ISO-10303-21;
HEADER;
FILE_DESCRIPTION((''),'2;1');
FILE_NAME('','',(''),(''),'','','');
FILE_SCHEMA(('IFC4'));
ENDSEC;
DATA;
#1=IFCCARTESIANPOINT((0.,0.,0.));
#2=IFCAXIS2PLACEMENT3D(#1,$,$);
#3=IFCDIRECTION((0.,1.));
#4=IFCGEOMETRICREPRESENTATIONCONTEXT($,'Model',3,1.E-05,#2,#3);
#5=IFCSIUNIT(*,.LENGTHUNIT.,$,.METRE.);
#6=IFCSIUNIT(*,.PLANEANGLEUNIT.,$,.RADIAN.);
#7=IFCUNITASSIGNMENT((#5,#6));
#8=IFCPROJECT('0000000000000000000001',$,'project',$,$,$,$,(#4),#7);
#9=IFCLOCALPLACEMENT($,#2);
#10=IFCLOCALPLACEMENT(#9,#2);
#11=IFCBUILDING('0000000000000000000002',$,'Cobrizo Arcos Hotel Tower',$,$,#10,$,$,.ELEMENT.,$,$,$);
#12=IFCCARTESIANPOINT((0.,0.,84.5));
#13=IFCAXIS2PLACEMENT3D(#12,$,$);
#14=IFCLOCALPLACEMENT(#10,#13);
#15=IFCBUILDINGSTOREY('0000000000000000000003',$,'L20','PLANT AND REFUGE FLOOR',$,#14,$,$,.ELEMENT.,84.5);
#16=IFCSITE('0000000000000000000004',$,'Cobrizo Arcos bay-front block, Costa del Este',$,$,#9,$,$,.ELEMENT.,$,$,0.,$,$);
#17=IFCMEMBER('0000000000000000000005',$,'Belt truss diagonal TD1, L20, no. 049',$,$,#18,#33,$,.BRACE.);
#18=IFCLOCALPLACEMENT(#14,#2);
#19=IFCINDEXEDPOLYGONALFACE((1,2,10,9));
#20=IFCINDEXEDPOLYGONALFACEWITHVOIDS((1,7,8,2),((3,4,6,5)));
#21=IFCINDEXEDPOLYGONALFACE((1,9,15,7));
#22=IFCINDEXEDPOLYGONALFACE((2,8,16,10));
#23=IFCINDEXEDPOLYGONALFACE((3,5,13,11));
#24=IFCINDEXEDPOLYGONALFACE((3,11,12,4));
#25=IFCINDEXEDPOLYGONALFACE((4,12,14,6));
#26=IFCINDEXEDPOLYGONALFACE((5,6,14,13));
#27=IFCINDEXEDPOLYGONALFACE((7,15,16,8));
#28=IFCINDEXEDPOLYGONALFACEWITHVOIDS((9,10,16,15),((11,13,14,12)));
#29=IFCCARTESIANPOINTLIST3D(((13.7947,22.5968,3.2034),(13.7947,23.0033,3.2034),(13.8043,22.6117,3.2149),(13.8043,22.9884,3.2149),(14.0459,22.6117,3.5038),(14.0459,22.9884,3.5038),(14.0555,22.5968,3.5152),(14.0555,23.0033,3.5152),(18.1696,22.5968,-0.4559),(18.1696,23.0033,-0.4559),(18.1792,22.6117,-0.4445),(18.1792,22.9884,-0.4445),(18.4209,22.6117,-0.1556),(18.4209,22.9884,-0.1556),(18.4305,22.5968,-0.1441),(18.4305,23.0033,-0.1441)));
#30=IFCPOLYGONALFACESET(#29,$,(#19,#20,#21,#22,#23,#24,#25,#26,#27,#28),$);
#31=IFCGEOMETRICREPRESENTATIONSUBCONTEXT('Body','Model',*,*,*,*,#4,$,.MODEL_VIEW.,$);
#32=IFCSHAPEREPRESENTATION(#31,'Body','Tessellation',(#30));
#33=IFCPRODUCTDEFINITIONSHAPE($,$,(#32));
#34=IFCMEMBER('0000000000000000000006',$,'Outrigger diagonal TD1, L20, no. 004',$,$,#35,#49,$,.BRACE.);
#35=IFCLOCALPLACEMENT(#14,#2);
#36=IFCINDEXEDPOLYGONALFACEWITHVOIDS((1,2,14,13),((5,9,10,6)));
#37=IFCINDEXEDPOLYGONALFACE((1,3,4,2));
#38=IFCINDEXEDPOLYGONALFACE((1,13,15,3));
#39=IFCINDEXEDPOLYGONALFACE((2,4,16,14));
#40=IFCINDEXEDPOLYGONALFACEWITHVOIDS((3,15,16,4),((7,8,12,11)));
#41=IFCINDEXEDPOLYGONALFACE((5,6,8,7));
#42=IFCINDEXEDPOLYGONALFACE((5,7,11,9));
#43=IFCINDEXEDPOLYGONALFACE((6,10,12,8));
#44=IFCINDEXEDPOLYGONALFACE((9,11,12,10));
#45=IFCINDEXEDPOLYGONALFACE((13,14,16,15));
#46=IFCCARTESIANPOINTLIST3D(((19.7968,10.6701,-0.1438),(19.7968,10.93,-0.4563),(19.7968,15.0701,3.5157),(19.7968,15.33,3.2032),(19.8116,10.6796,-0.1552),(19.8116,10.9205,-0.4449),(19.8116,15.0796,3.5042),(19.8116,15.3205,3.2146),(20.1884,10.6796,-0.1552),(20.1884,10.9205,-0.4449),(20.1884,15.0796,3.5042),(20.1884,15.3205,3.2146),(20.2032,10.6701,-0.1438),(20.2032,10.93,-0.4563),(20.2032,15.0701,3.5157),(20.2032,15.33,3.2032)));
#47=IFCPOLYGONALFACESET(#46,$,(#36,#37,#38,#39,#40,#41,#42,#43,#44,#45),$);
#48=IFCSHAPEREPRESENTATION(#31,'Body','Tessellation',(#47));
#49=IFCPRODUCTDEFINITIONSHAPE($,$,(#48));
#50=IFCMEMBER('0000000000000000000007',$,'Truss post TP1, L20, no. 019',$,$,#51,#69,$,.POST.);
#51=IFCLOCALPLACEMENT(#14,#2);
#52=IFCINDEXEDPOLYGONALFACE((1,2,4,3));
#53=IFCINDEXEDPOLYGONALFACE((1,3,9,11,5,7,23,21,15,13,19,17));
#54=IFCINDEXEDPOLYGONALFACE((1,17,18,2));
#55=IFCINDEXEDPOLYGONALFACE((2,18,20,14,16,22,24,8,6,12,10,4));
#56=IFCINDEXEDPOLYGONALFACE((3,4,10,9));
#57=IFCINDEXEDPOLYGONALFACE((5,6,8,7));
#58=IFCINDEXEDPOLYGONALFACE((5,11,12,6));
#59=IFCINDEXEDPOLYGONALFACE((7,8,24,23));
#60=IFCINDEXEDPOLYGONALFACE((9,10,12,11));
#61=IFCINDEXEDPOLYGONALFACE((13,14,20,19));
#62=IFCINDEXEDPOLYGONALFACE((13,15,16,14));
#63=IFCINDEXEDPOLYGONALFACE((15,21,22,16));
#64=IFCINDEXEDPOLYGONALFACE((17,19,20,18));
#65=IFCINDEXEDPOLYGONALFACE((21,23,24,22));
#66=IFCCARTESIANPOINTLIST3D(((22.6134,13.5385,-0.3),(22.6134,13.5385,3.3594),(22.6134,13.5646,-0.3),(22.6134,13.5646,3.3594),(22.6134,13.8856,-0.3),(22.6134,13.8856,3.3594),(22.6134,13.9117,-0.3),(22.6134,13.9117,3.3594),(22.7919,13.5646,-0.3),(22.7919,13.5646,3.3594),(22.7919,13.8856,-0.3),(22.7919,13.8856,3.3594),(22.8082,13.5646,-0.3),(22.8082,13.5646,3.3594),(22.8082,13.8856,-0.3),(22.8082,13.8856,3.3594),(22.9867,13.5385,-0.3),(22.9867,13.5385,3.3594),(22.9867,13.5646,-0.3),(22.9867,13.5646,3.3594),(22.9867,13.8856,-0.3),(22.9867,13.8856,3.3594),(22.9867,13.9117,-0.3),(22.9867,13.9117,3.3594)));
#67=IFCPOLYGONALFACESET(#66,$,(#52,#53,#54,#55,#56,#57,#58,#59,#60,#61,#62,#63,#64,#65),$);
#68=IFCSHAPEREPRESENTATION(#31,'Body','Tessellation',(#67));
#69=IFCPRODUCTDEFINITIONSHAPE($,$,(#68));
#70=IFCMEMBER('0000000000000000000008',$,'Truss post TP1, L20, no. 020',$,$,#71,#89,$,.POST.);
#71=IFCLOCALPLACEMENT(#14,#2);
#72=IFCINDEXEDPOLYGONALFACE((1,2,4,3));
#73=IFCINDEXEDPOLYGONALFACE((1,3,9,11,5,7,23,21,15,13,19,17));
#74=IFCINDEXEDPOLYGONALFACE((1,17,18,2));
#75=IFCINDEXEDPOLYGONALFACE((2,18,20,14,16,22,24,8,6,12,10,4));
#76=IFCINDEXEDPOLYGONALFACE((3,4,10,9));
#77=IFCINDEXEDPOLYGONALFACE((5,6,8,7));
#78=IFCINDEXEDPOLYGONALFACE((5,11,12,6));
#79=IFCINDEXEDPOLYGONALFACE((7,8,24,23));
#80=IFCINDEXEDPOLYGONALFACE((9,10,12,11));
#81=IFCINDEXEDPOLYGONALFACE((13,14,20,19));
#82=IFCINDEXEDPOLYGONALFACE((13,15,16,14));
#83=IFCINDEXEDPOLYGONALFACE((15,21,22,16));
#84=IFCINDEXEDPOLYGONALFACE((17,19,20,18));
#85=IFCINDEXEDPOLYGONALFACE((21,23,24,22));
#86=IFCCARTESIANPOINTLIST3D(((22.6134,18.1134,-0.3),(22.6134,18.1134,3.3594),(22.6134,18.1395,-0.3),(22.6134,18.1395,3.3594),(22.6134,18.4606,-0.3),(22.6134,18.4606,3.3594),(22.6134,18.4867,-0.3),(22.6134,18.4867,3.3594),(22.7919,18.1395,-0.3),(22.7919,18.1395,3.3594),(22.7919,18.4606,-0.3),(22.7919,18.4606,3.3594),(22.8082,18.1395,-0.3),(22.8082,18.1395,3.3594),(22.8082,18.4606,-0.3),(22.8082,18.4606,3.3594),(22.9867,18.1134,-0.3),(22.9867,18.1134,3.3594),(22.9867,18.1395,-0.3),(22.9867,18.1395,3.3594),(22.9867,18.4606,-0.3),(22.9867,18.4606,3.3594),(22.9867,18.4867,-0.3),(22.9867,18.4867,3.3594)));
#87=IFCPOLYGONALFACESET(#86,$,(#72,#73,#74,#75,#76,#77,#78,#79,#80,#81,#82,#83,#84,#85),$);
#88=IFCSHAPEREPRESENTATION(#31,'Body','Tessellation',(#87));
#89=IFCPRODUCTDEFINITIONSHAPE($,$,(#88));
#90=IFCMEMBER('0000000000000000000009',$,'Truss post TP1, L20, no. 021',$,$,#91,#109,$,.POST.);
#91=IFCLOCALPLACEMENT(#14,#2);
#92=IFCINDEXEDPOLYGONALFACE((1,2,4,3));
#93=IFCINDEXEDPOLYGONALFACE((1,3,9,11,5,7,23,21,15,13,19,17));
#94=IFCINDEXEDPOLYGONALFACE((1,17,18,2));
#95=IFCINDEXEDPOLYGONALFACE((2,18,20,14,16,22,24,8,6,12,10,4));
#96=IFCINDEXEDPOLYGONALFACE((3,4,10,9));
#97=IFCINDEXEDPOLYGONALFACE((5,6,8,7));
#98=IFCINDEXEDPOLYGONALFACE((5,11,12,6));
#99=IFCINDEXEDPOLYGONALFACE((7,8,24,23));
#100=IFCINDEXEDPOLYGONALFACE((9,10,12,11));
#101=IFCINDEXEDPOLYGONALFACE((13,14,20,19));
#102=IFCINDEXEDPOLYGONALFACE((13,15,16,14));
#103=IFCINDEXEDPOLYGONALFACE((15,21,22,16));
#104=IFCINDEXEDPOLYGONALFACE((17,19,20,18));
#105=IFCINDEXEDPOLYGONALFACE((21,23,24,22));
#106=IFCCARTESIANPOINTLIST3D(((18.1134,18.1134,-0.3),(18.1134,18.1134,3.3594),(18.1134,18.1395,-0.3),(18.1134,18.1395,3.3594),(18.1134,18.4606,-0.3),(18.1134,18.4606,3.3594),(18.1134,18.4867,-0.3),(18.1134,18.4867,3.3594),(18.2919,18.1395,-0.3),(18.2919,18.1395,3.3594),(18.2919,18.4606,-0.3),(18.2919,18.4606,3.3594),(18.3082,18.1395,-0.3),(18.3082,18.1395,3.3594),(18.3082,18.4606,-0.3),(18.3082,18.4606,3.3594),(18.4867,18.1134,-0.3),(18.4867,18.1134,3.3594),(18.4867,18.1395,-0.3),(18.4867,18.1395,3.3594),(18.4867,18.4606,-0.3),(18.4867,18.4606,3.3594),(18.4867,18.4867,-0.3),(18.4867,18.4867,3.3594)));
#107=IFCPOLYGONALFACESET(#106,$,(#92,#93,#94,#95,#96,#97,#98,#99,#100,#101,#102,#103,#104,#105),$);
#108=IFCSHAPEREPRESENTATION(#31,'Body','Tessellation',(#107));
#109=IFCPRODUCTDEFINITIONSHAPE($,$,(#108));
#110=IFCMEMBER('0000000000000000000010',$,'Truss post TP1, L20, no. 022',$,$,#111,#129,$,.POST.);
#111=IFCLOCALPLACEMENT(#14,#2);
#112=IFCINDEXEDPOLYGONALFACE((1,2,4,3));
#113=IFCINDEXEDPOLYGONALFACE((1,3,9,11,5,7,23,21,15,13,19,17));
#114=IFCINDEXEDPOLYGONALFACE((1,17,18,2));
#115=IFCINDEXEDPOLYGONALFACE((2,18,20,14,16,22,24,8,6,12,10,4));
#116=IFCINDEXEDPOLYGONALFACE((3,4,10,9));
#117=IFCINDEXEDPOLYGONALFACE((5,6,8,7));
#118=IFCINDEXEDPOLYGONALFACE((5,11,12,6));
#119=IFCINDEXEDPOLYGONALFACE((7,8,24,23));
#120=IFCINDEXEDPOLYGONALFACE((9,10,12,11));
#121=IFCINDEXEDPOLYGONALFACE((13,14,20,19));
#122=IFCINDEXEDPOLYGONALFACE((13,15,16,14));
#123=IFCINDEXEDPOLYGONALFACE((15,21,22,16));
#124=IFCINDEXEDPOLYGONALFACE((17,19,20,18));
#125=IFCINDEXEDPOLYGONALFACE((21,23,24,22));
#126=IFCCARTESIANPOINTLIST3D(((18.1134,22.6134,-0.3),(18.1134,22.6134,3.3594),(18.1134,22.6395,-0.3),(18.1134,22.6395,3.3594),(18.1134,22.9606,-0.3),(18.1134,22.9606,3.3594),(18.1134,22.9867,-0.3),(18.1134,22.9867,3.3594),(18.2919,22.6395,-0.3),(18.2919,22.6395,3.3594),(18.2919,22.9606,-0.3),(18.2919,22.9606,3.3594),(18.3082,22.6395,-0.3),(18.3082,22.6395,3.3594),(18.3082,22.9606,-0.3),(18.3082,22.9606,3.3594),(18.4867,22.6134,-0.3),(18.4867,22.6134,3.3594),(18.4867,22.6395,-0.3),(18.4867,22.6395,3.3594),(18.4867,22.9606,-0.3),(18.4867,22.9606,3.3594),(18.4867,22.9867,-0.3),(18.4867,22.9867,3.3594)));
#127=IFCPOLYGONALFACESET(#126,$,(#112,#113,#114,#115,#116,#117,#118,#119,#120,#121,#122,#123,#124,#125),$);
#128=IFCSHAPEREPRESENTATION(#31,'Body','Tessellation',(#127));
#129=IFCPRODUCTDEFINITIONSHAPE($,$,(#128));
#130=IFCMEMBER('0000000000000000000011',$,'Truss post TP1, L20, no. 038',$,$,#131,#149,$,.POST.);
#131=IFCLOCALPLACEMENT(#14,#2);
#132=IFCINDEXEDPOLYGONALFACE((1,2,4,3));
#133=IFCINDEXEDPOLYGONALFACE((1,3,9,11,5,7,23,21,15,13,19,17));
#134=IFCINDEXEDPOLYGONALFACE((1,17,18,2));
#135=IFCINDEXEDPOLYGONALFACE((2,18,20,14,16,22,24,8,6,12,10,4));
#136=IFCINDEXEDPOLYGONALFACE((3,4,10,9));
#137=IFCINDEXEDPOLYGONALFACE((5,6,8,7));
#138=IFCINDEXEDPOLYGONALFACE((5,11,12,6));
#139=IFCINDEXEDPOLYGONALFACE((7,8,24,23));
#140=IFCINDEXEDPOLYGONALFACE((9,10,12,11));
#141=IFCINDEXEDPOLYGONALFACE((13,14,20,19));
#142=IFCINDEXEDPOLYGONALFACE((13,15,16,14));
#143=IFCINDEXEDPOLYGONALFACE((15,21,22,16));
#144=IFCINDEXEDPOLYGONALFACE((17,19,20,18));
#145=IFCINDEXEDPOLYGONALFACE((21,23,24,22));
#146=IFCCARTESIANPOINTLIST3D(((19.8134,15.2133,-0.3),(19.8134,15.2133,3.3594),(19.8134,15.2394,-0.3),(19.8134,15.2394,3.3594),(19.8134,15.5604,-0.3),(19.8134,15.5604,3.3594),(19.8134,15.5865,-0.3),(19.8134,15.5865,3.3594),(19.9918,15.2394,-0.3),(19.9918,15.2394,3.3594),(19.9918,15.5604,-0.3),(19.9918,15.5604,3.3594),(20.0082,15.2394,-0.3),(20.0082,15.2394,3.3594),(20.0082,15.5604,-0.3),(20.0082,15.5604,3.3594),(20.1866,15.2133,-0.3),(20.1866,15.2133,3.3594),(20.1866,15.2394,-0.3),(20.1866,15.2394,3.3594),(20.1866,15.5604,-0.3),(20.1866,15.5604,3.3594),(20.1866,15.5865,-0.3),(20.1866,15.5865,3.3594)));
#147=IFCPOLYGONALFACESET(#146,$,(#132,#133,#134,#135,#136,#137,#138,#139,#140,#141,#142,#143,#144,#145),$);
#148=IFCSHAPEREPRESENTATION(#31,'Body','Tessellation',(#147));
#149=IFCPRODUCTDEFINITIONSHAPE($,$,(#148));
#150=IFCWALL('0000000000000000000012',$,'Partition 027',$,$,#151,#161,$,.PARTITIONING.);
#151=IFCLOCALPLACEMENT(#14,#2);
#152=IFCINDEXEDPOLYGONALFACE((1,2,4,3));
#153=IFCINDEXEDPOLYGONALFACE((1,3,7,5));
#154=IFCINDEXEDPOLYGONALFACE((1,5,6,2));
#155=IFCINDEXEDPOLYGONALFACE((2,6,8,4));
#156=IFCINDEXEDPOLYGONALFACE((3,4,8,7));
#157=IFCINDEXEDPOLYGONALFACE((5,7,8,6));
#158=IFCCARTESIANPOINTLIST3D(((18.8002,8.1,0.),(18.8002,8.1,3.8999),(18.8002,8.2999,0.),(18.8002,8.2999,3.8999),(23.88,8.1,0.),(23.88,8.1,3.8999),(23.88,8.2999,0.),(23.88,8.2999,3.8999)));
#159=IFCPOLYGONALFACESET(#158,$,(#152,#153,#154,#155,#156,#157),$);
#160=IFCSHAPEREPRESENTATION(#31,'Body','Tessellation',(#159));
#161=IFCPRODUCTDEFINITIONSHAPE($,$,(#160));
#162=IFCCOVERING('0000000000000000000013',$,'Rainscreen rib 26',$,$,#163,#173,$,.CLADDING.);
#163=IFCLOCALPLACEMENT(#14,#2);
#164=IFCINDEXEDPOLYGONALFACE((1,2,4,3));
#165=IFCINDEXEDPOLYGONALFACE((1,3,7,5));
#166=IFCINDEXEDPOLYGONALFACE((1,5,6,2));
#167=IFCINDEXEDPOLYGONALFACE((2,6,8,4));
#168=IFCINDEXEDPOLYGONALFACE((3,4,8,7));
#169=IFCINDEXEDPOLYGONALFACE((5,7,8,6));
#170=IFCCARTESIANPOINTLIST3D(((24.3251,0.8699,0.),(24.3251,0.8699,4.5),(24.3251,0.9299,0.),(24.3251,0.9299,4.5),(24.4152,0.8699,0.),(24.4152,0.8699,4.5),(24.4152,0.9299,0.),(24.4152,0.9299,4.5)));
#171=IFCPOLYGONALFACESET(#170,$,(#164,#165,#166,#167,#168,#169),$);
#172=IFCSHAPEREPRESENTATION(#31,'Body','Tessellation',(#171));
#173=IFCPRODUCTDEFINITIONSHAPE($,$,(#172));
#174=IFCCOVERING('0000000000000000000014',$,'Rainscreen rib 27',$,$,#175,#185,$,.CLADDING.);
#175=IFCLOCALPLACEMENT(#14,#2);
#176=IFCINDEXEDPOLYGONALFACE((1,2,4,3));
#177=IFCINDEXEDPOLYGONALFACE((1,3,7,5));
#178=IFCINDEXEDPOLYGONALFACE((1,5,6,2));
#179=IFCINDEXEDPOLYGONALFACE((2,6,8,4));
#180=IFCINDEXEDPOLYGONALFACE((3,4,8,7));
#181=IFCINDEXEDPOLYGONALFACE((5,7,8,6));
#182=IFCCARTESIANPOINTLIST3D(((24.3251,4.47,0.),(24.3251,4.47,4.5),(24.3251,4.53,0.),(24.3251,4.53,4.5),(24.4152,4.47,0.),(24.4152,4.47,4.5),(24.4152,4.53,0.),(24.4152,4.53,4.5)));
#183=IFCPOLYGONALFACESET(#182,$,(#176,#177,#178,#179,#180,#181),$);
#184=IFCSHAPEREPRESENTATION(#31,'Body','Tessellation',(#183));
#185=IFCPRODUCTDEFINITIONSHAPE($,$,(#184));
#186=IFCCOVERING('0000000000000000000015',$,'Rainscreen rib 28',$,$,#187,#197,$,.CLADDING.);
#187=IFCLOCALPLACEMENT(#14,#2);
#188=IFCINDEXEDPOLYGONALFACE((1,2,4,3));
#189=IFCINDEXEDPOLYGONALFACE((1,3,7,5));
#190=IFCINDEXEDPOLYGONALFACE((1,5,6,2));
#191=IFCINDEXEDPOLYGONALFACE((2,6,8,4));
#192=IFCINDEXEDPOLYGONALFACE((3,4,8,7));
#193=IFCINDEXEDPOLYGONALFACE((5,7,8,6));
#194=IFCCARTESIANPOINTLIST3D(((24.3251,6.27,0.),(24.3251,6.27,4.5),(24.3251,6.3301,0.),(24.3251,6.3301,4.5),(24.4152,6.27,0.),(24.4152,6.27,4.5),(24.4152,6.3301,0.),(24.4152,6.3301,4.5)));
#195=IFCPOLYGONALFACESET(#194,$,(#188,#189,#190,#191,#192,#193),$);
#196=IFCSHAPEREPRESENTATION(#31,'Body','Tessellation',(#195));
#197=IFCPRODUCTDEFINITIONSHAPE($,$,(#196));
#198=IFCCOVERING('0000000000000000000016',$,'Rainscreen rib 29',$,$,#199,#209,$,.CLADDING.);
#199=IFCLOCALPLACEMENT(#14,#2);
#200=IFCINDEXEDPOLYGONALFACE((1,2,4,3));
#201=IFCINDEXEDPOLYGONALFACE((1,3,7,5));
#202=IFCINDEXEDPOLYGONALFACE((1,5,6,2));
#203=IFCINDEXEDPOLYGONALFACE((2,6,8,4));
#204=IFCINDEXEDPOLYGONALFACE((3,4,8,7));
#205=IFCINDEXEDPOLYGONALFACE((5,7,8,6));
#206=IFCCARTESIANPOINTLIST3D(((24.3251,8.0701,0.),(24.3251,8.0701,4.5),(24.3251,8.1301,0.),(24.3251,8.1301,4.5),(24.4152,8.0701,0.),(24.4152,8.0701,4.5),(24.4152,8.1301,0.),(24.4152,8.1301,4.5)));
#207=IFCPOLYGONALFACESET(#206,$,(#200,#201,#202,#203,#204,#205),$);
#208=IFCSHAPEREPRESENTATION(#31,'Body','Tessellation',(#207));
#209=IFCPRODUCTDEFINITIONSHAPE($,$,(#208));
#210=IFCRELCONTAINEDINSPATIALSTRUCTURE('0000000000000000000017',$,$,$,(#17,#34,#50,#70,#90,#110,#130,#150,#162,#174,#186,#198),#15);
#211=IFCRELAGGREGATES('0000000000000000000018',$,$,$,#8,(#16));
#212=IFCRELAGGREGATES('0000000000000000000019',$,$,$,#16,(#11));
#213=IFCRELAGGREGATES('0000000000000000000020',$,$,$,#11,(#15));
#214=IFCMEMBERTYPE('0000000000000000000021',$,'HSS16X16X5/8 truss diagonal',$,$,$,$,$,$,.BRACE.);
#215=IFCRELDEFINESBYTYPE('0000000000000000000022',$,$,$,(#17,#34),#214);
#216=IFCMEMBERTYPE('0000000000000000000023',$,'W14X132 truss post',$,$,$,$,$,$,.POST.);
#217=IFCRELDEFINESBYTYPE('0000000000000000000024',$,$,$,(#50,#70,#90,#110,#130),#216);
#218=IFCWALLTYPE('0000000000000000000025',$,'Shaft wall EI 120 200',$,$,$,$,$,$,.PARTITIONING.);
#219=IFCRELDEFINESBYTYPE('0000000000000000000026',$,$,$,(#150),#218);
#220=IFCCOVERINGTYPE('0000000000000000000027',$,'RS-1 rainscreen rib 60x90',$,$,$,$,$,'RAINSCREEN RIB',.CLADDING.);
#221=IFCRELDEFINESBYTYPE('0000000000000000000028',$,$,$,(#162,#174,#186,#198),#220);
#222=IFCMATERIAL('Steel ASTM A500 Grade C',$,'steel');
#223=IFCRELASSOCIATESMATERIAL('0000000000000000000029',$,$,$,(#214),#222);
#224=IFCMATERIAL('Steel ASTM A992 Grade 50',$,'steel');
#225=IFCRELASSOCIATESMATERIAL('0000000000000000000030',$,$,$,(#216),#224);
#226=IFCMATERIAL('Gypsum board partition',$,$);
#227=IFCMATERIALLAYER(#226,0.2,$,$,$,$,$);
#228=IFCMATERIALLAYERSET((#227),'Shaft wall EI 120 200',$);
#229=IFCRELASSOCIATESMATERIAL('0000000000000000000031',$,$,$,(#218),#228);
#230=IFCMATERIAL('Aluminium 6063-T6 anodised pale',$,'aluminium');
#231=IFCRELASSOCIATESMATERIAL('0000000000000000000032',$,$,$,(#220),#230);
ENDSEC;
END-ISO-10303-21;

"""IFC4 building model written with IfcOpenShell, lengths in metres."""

from ifc_helpers import new_model, si_unit, direction, frame, frame_2d, origin, origin_2d, place, context, subcontext, project, spatial, rectangle, hollow_rectangle, i_section, extrude, material, layer, layer_set, material_profile, profile_set, type_object, element, save


model = new_model("IFC4")

# Units and contexts
model_context = context("Model", 3, precision=1e-05, world=origin(), true_north=direction((0.0, 1.0)))
body_context = subcontext(model_context, "Body", "Model", "MODEL_VIEW")
ifc_project = project(units=[si_unit("LENGTHUNIT", "METRE"), si_unit("PLANEANGLEUNIT", "RADIAN")], contexts=[model_context])

# Site, building, storey
site_placement = place(None, origin())
site = spatial("IfcSite", under=ifc_project, at=site_placement, Name="Cobrizo Arcos bay-front block, Costa del Este", CompositionType="ELEMENT", RefElevation=0.0)
building_placement = place(site_placement, origin())
building = spatial("IfcBuilding", under=site, at=building_placement, Name="Cobrizo Arcos Hotel Tower", CompositionType="ELEMENT")
storey_placement = place(building_placement, frame((0.0, 0.0, 84.5)))
storey = spatial("IfcBuildingStorey", under=building, at=storey_placement, Name="L20", Description="PLANT AND REFUGE FLOOR", CompositionType="ELEMENT", Elevation=84.5)

# Members
ifc_material_1 = material(Name="Steel ASTM A500 Grade C", Category="steel")
ifc_material_profile_1 = material_profile(ifc_material_1, hollow_rectangle(XDim=0.4065, YDim=0.4065, WallThickness=0.0149, at=origin_2d()), Name="HSS16X16X5/8")
ifc_profile_set_1 = profile_set([ifc_material_profile_1], Name="Steel ASTM A500 Grade C")
member_type_1 = type_object("IfcMemberType", Name="HSS16X16X5/8 truss diagonal", PredefinedType="BRACE", material=ifc_profile_set_1)
member_1_placement = place(storey_placement, frame((18.3, 22.8, -0.3), z_axis=(-0.767048, 0.0, 0.64159), x_axis=(0.0, -1.0, 0.0)))
element("IfcMember", 1, at=member_1_placement, inside=storey, type_object=member_type_1, Name="Belt truss diagonal TD1, L20, no. 049", PredefinedType="BRACE", context=body_context, shape_type="SweptSolid", body=[
    extrude(hollow_rectangle(XDim=0.4065, YDim=0.4065, WallThickness=0.0149, at=origin_2d()), origin(), (0.0, 0.0, 1.0), 5.7036),
])
member_2_placement = place(storey_placement, frame((20.0, 10.8, -0.3), z_axis=(0.0, 0.768836, 0.639446), x_axis=(-1.0, 0.0, 0.0)))
element("IfcMember", 2, at=member_2_placement, inside=storey, type_object=member_type_1, Name="Outrigger diagonal TD1, L20, no. 004", PredefinedType="BRACE", context=body_context, shape_type="SweptSolid", body=[
    extrude(hollow_rectangle(XDim=0.4065, YDim=0.4065, WallThickness=0.0149, at=origin_2d()), origin(), (0.0, 0.0, 1.0), 5.7229),
])
ifc_material_2 = material(Name="Steel ASTM A992 Grade 50", Category="steel")
ifc_material_profile_2 = material_profile(ifc_material_2, i_section(OverallWidth=0.3733, OverallDepth=0.3733, WebThickness=0.0164, FlangeThickness=0.0261, at=origin_2d()), Name="W14X132")
ifc_profile_set_2 = profile_set([ifc_material_profile_2], Name="Steel ASTM A992 Grade 50")
member_type_2 = type_object("IfcMemberType", Name="W14X132 truss post", PredefinedType="POST", material=ifc_profile_set_2)
for number, where, z_axis, x_axis, name in (
    (3, (22.8, 13.7251, -0.3), (0.0, 0.0, 1.0), (1.0, 0.0, 0.0), "Truss post TP1, L20, no. 019"),
    (4, (22.8, 18.3, -0.3), (0.0, 0.0, 1.0), (1.0, 0.0, 0.0), "Truss post TP1, L20, no. 020"),
    (5, (18.3, 18.3, -0.3), (0.0, 0.0, 1.0), (1.0, 0.0, 0.0), "Truss post TP1, L20, no. 021"),
    (6, (18.3, 22.8, -0.3), (0.0, 0.0, 1.0), (1.0, 0.0, 0.0), "Truss post TP1, L20, no. 022"),
    (7, (20.0, 15.3999, -0.3), (0.0, 0.0, 1.0), (1.0, 0.0, 0.0), "Truss post TP1, L20, no. 038"),
):
    element("IfcMember", number, at=place(storey_placement, frame(where, z_axis=z_axis, x_axis=x_axis)), inside=storey, type_object=member_type_2, Name=name, PredefinedType="POST", context=body_context, shape_type="SweptSolid", body=[
        extrude(i_section(OverallWidth=0.3733, OverallDepth=0.3733, WebThickness=0.0164, FlangeThickness=0.0261, at=origin_2d()), origin(), (0.0, 0.0, 1.0), 3.6594),
    ])

# Wall
ifc_material_3 = material(Name="Gypsum board partition")
ifc_layer = layer(ifc_material_3, 0.2)
ifc_layer_set = layer_set([ifc_layer], Name="Shaft wall EI 120 200")
wall_type = type_object("IfcWallType", Name="Shaft wall EI 120 200", PredefinedType="PARTITIONING", material=ifc_layer_set)
wall_placement = place(storey_placement, frame((18.8, 8.2, 0.0), z_axis=(0.0, 0.0, 1.0), x_axis=(1.0, 0.0, 0.0)))
element("IfcWall", 8, at=wall_placement, inside=storey, type_object=wall_type, Name="Partition 027", PredefinedType="PARTITIONING", context=body_context, shape_type="SweptSolid", body=[
    extrude(rectangle(XDim=5.0798, YDim=0.2, at=frame_2d((2.54, 0.0))), origin(), (0.0, 0.0, 1.0), 3.8999),
])

# Coverings
ifc_material_4 = material(Name="Aluminium 6063-T6 anodised pale", Category="aluminium")
covering_type = type_object("IfcCoveringType", Name="RS-1 rainscreen rib 60x90", ElementType="RAINSCREEN RIB", PredefinedType="CLADDING", material=ifc_material_4)
for number, where, z_axis, x_axis, name in (
    (9, (24.3701, 0.8999, 0.0), (0.0, 0.0, 1.0), (0.0, 1.0, 0.0), "Rainscreen rib 26"),
    (10, (24.3701, 4.5, 0.0), (0.0, 0.0, 1.0), (0.0, 1.0, 0.0), "Rainscreen rib 27"),
    (11, (24.3701, 6.3, 0.0), (0.0, 0.0, 1.0), (0.0, 1.0, 0.0), "Rainscreen rib 28"),
    (12, (24.3701, 8.1001, 0.0), (0.0, 0.0, 1.0), (0.0, 1.0, 0.0), "Rainscreen rib 29"),
):
    element("IfcCovering", number, at=place(storey_placement, frame(where, z_axis=z_axis, x_axis=x_axis)), inside=storey, type_object=covering_type, Name=name, PredefinedType="CLADDING", context=body_context, shape_type="SweptSolid", body=[
        extrude(rectangle(XDim=0.0601, YDim=0.0901, at=origin_2d()), origin(), (0.0, 0.0, 1.0), 4.5),
    ])

save(model, "model.ifc")
